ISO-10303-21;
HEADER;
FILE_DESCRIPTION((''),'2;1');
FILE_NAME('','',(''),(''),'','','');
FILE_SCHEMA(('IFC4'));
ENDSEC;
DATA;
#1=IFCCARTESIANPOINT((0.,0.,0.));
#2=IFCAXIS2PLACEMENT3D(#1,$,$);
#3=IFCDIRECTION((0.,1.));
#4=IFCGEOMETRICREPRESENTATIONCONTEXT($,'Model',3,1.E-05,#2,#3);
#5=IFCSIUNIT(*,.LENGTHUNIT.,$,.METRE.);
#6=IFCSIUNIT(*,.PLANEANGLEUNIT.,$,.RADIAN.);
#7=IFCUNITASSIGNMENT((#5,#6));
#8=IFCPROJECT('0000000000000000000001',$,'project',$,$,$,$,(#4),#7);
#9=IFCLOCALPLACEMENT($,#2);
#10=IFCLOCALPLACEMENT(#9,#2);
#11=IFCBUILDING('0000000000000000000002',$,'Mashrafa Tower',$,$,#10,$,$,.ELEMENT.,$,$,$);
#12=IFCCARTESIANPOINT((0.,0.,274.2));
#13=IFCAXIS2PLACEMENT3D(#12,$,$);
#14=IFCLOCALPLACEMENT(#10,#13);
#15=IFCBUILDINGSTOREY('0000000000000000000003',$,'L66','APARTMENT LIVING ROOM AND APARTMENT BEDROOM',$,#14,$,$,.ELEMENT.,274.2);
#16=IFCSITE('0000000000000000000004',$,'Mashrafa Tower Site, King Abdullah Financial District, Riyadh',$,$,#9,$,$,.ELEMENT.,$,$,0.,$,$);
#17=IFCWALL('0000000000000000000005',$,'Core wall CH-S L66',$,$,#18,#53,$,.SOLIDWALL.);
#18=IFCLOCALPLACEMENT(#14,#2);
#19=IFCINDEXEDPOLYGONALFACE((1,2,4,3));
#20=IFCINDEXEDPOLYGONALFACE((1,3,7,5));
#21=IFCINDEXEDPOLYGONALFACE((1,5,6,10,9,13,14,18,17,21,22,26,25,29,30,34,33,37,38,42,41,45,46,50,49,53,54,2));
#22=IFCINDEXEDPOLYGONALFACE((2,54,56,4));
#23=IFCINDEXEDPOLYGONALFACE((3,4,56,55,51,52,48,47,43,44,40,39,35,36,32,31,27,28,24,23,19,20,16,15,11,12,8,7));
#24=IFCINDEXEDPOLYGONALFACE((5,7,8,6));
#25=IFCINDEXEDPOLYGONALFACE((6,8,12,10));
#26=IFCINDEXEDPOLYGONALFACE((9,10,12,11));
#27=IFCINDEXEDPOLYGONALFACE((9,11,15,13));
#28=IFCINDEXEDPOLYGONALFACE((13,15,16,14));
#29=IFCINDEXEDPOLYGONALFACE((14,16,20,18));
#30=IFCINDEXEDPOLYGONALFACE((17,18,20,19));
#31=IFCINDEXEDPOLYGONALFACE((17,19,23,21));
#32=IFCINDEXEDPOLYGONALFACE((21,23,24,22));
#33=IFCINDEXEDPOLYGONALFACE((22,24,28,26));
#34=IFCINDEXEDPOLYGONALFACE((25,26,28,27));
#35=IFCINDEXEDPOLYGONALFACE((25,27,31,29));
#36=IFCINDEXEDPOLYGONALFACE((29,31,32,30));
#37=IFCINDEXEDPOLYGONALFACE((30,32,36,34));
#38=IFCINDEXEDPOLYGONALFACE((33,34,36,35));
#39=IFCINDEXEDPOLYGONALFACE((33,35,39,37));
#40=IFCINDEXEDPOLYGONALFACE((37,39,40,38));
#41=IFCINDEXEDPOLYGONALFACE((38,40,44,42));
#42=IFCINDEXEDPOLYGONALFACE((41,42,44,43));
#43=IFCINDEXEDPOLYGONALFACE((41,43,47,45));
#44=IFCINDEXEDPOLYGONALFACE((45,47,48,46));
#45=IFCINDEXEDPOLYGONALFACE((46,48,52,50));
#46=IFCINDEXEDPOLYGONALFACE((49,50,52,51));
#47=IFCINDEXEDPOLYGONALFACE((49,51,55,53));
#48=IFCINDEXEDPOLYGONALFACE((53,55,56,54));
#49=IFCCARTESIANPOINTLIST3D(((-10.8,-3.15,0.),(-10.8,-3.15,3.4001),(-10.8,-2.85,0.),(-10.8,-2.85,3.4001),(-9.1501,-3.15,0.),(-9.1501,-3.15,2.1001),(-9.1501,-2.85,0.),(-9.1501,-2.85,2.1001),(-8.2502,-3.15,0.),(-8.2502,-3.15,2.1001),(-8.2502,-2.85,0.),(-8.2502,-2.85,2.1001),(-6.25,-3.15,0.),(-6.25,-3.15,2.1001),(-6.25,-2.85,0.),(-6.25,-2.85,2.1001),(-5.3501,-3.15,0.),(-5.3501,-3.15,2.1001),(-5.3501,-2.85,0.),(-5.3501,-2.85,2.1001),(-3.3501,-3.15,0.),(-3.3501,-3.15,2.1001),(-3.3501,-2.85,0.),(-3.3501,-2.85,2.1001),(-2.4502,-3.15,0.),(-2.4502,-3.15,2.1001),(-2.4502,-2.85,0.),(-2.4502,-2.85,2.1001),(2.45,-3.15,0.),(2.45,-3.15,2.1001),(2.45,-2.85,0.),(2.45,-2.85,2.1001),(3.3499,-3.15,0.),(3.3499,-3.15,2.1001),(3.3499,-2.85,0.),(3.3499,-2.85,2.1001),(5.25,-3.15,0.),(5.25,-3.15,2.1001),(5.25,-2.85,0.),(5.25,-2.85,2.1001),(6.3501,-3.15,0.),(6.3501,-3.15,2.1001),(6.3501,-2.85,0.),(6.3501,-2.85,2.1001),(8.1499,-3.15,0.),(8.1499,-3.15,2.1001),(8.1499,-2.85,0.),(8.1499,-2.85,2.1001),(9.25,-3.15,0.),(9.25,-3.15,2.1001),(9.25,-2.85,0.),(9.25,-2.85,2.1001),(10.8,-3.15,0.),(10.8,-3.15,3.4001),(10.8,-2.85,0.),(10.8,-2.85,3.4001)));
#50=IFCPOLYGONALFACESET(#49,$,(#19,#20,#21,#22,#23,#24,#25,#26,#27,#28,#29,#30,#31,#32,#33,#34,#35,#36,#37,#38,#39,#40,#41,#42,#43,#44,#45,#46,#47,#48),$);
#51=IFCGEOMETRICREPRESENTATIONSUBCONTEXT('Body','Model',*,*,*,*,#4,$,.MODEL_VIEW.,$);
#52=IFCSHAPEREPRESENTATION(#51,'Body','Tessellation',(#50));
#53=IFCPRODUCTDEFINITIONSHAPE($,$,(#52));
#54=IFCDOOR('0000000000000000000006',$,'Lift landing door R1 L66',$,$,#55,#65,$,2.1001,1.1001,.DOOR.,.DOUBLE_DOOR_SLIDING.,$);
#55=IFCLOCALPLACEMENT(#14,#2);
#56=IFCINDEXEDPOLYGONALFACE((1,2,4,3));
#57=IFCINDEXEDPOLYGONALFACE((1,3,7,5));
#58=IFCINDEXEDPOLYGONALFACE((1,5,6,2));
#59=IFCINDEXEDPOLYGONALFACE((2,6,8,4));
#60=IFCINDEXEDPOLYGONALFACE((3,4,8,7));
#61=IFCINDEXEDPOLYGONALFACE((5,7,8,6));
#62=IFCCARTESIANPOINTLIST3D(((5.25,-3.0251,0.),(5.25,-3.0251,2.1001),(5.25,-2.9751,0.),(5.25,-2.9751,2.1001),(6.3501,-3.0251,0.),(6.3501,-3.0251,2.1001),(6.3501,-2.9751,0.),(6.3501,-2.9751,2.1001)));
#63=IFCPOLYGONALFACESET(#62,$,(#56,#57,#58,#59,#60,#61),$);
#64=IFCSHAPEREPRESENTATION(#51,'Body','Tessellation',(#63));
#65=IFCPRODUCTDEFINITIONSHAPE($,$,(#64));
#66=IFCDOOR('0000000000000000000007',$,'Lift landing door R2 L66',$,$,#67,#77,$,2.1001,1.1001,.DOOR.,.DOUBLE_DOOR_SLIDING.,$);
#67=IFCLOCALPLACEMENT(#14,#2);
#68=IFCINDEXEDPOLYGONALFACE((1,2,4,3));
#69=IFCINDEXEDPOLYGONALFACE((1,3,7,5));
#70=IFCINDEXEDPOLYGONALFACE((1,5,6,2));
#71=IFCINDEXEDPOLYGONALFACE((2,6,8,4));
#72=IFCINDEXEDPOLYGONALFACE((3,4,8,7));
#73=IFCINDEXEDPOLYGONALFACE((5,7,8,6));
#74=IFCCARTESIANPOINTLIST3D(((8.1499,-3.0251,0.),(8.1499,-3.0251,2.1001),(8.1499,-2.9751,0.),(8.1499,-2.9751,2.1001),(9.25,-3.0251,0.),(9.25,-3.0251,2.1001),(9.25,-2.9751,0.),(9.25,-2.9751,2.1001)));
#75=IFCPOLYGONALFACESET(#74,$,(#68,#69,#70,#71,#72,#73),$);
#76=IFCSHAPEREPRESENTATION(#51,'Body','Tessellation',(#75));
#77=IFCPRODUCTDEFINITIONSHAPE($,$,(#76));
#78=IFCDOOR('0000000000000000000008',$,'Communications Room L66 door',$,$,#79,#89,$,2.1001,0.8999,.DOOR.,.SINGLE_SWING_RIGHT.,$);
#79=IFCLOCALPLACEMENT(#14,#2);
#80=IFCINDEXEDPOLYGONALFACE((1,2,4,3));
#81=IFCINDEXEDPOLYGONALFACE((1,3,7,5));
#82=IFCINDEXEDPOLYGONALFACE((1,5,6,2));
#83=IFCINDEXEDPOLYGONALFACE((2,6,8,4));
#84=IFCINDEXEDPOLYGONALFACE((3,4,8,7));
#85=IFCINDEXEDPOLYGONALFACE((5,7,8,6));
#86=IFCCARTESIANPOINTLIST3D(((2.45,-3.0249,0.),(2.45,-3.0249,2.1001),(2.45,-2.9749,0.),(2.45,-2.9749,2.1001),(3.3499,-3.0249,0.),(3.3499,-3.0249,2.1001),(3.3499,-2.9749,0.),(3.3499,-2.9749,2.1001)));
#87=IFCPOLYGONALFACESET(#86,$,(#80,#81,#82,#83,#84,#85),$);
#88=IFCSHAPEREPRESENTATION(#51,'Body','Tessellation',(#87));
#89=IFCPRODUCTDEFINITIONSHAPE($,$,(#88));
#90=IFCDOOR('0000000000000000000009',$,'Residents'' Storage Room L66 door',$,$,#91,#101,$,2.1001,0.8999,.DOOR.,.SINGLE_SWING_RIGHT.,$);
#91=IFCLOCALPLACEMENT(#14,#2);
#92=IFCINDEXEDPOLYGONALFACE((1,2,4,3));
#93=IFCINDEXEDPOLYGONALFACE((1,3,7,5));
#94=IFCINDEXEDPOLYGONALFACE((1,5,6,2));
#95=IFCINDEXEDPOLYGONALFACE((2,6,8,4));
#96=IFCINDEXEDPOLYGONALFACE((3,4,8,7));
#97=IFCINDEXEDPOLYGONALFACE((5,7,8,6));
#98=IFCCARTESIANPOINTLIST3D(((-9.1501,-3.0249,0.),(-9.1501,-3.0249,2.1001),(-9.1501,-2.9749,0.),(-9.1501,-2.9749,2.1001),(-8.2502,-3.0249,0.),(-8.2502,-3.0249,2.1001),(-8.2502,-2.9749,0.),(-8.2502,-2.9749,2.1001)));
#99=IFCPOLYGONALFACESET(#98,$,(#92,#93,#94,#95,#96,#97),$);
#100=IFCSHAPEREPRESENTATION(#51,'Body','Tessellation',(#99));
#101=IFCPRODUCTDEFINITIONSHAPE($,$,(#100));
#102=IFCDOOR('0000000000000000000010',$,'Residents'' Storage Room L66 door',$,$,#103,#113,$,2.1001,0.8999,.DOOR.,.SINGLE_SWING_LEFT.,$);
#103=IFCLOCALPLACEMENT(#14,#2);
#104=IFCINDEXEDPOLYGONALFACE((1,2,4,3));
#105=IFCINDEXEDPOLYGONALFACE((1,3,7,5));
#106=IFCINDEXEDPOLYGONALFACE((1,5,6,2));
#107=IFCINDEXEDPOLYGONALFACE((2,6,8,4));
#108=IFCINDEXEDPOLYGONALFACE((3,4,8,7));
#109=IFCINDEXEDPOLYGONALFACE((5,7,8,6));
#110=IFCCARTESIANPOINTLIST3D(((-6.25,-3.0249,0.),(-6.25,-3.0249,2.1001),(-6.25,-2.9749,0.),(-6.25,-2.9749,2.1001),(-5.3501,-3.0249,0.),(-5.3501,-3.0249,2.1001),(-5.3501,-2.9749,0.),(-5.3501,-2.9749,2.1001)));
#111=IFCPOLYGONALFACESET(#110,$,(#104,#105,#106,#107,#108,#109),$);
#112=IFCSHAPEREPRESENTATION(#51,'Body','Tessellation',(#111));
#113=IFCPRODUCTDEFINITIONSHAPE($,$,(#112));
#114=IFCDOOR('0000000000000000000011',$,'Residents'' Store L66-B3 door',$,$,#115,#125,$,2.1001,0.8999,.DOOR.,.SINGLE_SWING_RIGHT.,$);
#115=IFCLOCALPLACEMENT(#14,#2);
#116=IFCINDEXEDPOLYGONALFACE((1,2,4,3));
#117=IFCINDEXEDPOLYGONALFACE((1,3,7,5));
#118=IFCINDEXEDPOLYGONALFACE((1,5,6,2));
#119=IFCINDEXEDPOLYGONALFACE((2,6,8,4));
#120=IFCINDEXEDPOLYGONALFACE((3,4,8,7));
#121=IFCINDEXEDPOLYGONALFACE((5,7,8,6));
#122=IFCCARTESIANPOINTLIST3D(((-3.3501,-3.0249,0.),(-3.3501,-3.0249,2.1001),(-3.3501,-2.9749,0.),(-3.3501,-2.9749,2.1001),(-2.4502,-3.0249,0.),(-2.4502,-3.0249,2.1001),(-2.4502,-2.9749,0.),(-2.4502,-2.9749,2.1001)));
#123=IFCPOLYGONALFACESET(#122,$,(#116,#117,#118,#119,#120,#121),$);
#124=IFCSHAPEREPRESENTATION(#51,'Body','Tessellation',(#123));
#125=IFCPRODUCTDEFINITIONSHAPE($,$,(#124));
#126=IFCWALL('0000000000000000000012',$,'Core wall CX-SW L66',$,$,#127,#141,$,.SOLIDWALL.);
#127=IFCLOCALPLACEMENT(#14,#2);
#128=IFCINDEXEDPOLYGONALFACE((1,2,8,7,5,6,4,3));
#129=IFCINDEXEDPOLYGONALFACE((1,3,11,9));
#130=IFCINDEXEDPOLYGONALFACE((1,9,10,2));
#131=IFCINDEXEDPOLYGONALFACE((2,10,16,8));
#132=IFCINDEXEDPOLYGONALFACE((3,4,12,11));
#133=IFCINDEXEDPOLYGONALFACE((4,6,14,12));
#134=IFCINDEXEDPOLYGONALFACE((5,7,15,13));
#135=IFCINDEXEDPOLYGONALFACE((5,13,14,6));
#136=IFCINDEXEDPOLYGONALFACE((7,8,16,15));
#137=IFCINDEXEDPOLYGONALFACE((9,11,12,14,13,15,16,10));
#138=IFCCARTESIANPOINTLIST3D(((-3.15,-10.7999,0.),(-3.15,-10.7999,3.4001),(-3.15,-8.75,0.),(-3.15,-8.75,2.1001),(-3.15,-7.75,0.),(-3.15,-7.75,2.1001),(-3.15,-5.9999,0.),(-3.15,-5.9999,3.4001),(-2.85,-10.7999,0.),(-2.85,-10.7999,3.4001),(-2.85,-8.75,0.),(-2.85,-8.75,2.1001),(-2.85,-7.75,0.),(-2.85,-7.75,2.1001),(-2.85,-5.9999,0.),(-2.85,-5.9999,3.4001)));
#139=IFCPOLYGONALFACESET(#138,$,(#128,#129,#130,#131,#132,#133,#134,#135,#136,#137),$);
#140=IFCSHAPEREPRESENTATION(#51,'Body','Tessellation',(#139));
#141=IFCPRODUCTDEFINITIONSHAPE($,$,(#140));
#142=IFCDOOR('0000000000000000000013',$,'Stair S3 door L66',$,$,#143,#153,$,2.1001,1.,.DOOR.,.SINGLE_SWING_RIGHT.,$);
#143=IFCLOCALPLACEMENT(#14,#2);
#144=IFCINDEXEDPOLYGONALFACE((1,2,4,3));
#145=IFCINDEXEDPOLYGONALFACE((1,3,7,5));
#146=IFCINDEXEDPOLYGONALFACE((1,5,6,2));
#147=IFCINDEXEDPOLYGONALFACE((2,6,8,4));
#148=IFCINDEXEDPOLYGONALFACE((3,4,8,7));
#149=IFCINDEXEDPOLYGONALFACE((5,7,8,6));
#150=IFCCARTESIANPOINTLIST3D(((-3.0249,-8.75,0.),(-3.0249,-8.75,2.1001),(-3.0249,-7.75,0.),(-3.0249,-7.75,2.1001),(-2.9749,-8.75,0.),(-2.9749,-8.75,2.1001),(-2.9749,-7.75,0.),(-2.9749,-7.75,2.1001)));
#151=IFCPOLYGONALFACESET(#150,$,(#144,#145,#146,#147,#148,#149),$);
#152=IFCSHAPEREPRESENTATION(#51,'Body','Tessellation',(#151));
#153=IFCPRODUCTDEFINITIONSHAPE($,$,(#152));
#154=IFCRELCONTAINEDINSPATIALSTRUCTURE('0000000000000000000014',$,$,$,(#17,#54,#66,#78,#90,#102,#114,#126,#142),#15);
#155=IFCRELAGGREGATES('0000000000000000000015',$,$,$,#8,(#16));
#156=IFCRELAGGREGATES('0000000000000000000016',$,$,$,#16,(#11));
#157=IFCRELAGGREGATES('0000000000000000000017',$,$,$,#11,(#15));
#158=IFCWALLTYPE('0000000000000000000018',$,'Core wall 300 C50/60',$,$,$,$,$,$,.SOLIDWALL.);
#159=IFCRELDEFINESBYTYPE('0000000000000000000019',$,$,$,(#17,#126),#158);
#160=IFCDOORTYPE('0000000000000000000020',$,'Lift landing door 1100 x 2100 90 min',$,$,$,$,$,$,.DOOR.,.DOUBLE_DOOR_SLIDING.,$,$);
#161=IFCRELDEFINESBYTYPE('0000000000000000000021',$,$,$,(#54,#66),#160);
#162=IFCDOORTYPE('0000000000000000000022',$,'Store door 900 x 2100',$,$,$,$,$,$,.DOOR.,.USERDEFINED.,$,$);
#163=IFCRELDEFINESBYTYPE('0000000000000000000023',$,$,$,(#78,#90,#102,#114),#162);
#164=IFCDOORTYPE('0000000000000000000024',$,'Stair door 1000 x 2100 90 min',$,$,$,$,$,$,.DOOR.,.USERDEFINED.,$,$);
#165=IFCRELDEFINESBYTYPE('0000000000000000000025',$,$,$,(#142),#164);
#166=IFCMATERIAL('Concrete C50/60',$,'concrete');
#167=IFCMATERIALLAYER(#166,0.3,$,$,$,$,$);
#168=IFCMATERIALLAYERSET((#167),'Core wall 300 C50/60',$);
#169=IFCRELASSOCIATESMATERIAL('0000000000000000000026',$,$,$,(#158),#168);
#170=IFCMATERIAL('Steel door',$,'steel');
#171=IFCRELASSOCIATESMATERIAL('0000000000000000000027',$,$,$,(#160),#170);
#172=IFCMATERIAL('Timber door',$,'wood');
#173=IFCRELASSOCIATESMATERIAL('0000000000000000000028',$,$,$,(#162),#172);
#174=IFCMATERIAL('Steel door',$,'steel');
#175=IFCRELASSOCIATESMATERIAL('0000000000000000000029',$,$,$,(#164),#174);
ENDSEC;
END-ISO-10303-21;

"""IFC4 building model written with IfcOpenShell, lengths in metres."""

from ifc_helpers import new_model, si_unit, direction, frame, frame_2d, origin, place, context, subcontext, project, spatial, rectangle, extrude, material, layer, layer_set, type_object, element, fill, save


model = new_model("IFC4")

# Units and contexts
model_context = context("Model", 3, precision=1e-05, world=origin(), true_north=direction((0.0, 1.0)))
body_context = subcontext(model_context, "Body", "Model", "MODEL_VIEW")
ifc_project = project(units=[si_unit("LENGTHUNIT", "METRE"), si_unit("PLANEANGLEUNIT", "RADIAN")], contexts=[model_context])

# Site, building, storey
site_placement = place(None, origin())
site = spatial("IfcSite", under=ifc_project, at=site_placement, Name="Mashrafa Tower Site, King Abdullah Financial District, Riyadh", CompositionType="ELEMENT", RefElevation=0.0)
building_placement = place(site_placement, origin())
building = spatial("IfcBuilding", under=site, at=building_placement, Name="Mashrafa Tower", CompositionType="ELEMENT")
storey_placement = place(building_placement, frame((0.0, 0.0, 274.2)))
storey = spatial("IfcBuildingStorey", under=building, at=storey_placement, Name="L66", Description="APARTMENT LIVING ROOM AND APARTMENT BEDROOM", CompositionType="ELEMENT", Elevation=274.2)

# Wall, openings, doors
ifc_material_1 = material(Name="Concrete C50/60", Category="concrete")
ifc_layer_1 = layer(ifc_material_1, 0.3)
ifc_layer_set_1 = layer_set([ifc_layer_1], Name="Core wall 300 C50/60")
wall_type_1 = type_object("IfcWallType", Name="Core wall 300 C50/60", PredefinedType="SOLIDWALL", material=ifc_layer_set_1)
wall_1_placement = place(storey_placement, frame((-10.8, -3.0, 0.0), z_axis=(0.0, 0.0, 1.0), x_axis=(1.0, 0.0, 0.0)))
wall_1 = element("IfcWall", 1, at=wall_1_placement, inside=storey, type_object=wall_type_1, Name="Core wall CH-S L66", PredefinedType="SOLIDWALL", context=body_context, shape_type="SweptSolid", body=[
    extrude(rectangle(XDim=21.6001, YDim=0.3, at=frame_2d((10.8, 0.0))), origin(), (0.0, 0.0, 1.0), 3.4001),
])
opening_1_placement = place(wall_1_placement, frame((13.25, 0.0, 0.0)))
opening_1 = element("IfcOpeningElement", 2, at=opening_1_placement, cuts=wall_1, PredefinedType="OPENING", context=body_context, shape_type="SweptSolid", body=[
    extrude(rectangle(XDim=0.8999, YDim=2.1001, at=frame_2d((0.45, 1.05))), frame((0.0, 0.1599, 0.0), z_axis=(0.0, -1.0, 0.0), x_axis=(1.0, 0.0, 0.0)), (0.0, 0.0, 1.0), 0.3201),
])
opening_2_placement = place(wall_1_placement, frame((1.6499, 0.0, 0.0)))
opening_2 = element("IfcOpeningElement", 3, at=opening_2_placement, cuts=wall_1, PredefinedType="OPENING", context=body_context, shape_type="SweptSolid", body=[
    extrude(rectangle(XDim=0.8999, YDim=2.1001, at=frame_2d((0.45, 1.05))), frame((0.0, 0.1599, 0.0), z_axis=(0.0, -1.0, 0.0), x_axis=(1.0, 0.0, 0.0)), (0.0, 0.0, 1.0), 0.3201),
])
opening_3_placement = place(wall_1_placement, frame((4.55, 0.0, 0.0)))
opening_3 = element("IfcOpeningElement", 4, at=opening_3_placement, cuts=wall_1, PredefinedType="OPENING", context=body_context, shape_type="SweptSolid", body=[
    extrude(rectangle(XDim=0.8999, YDim=2.1001, at=frame_2d((0.45, 1.05))), frame((0.0, 0.1599, 0.0), z_axis=(0.0, -1.0, 0.0), x_axis=(1.0, 0.0, 0.0)), (0.0, 0.0, 1.0), 0.3201),
])
opening_4_placement = place(wall_1_placement, frame((7.45, 0.0, 0.0)))
opening_4 = element("IfcOpeningElement", 5, at=opening_4_placement, cuts=wall_1, PredefinedType="OPENING", context=body_context, shape_type="SweptSolid", body=[
    extrude(rectangle(XDim=0.8999, YDim=2.1001, at=frame_2d((0.45, 1.05))), frame((0.0, 0.1599, 0.0), z_axis=(0.0, -1.0, 0.0), x_axis=(1.0, 0.0, 0.0)), (0.0, 0.0, 1.0), 0.3201),
])
opening_5_placement = place(wall_1_placement, frame((16.05, 0.0, 0.0)))
opening_5 = element("IfcOpeningElement", 6, at=opening_5_placement, cuts=wall_1, PredefinedType="OPENING", context=body_context, shape_type="SweptSolid", body=[
    extrude(rectangle(XDim=1.1001, YDim=2.1001, at=frame_2d((0.55, 1.05))), frame((0.0, 0.1599, 0.0), z_axis=(0.0, -1.0, 0.0), x_axis=(1.0, 0.0, 0.0)), (0.0, 0.0, 1.0), 0.3201),
])
opening_6_placement = place(wall_1_placement, frame((18.95, 0.0, 0.0)))
opening_6 = element("IfcOpeningElement", 7, at=opening_6_placement, cuts=wall_1, PredefinedType="OPENING", context=body_context, shape_type="SweptSolid", body=[
    extrude(rectangle(XDim=1.1001, YDim=2.1001, at=frame_2d((0.55, 1.05))), frame((0.0, 0.1599, 0.0), z_axis=(0.0, -1.0, 0.0), x_axis=(1.0, 0.0, 0.0)), (0.0, 0.0, 1.0), 0.3201),
])
ifc_material_2 = material(Name="Steel door", Category="steel")
door_type_1 = type_object("IfcDoorType", Name="Lift landing door 1100 x 2100 90 min", OperationType="DOUBLE_DOOR_SLIDING", PredefinedType="DOOR", material=ifc_material_2)
door_1_placement = place(opening_5_placement, origin())
door_1 = element("IfcDoor", 8, at=door_1_placement, inside=storey, type_object=door_type_1, Name="Lift landing door R1 L66", OperationType="DOUBLE_DOOR_SLIDING", OverallHeight=2.1001, OverallWidth=1.1001, PredefinedType="DOOR", context=body_context, shape_type="SweptSolid", body=[
    extrude(rectangle(XDim=1.1001, YDim=2.1001, at=frame_2d((0.55, 1.05))), frame((0.0, 0.0249, 0.0), z_axis=(0.0, -1.0, 0.0), x_axis=(1.0, 0.0, 0.0)), (0.0, 0.0, 1.0), 0.05),
])
fill(opening_5, door_1)
door_2_placement = place(opening_6_placement, origin())
door_2 = element("IfcDoor", 9, at=door_2_placement, inside=storey, type_object=door_type_1, Name="Lift landing door R2 L66", OperationType="DOUBLE_DOOR_SLIDING", OverallHeight=2.1001, OverallWidth=1.1001, PredefinedType="DOOR", context=body_context, shape_type="SweptSolid", body=[
    extrude(rectangle(XDim=1.1001, YDim=2.1001, at=frame_2d((0.55, 1.05))), frame((0.0, 0.0249, 0.0), z_axis=(0.0, -1.0, 0.0), x_axis=(1.0, 0.0, 0.0)), (0.0, 0.0, 1.0), 0.05),
])
fill(opening_6, door_2)
ifc_material_3 = material(Name="Timber door", Category="wood")
door_type_2 = type_object("IfcDoorType", Name="Store door 900 x 2100", OperationType="USERDEFINED", PredefinedType="DOOR", material=ifc_material_3)
door_3_placement = place(opening_1_placement, frame((0.8999, 0.0, 0.0), z_axis=(0.0, 0.0, 1.0), x_axis=(-1.0, 0.0, 0.0)))
door_3 = element("IfcDoor", 10, at=door_3_placement, inside=storey, type_object=door_type_2, Name="Communications Room L66 door", OperationType="SINGLE_SWING_RIGHT", OverallHeight=2.1001, OverallWidth=0.8999, PredefinedType="DOOR", context=body_context, shape_type="SweptSolid", body=[
    extrude(rectangle(XDim=0.8999, YDim=2.1001, at=frame_2d((0.45, 1.05))), frame((0.0, 0.0249, 0.0), z_axis=(0.0, -1.0, 0.0), x_axis=(1.0, 0.0, 0.0)), (0.0, 0.0, 1.0), 0.05),
])
fill(opening_1, door_3)
door_4_placement = place(opening_2_placement, frame((0.8999, 0.0, 0.0), z_axis=(0.0, 0.0, 1.0), x_axis=(-1.0, 0.0, 0.0)))
door_4 = element("IfcDoor", 11, at=door_4_placement, inside=storey, type_object=door_type_2, Name="Residents' Storage Room L66 door", OperationType="SINGLE_SWING_RIGHT", OverallHeight=2.1001, OverallWidth=0.8999, PredefinedType="DOOR", context=body_context, shape_type="SweptSolid", body=[
    extrude(rectangle(XDim=0.8999, YDim=2.1001, at=frame_2d((0.45, 1.05))), frame((0.0, 0.0249, 0.0), z_axis=(0.0, -1.0, 0.0), x_axis=(1.0, 0.0, 0.0)), (0.0, 0.0, 1.0), 0.05),
])
fill(opening_2, door_4)
door_5_placement = place(opening_3_placement, frame((0.8999, 0.0, 0.0), z_axis=(0.0, 0.0, 1.0), x_axis=(-1.0, 0.0, 0.0)))
door_5 = element("IfcDoor", 12, at=door_5_placement, inside=storey, type_object=door_type_2, Name="Residents' Storage Room L66 door", OperationType="SINGLE_SWING_LEFT", OverallHeight=2.1001, OverallWidth=0.8999, PredefinedType="DOOR", context=body_context, shape_type="SweptSolid", body=[
    extrude(rectangle(XDim=0.8999, YDim=2.1001, at=frame_2d((0.45, 1.05))), frame((0.0, 0.0249, 0.0), z_axis=(0.0, -1.0, 0.0), x_axis=(1.0, 0.0, 0.0)), (0.0, 0.0, 1.0), 0.05),
])
fill(opening_3, door_5)
door_6_placement = place(opening_4_placement, frame((0.8999, 0.0, 0.0), z_axis=(0.0, 0.0, 1.0), x_axis=(-1.0, 0.0, 0.0)))
door_6 = element("IfcDoor", 13, at=door_6_placement, inside=storey, type_object=door_type_2, Name="Residents' Store L66-B3 door", OperationType="SINGLE_SWING_RIGHT", OverallHeight=2.1001, OverallWidth=0.8999, PredefinedType="DOOR", context=body_context, shape_type="SweptSolid", body=[
    extrude(rectangle(XDim=0.8999, YDim=2.1001, at=frame_2d((0.45, 1.05))), frame((0.0, 0.0249, 0.0), z_axis=(0.0, -1.0, 0.0), x_axis=(1.0, 0.0, 0.0)), (0.0, 0.0, 1.0), 0.05),
])
fill(opening_4, door_6)

# Wall, opening, door
wall_2_placement = place(storey_placement, frame((-3.0, -6.0, 0.0), z_axis=(0.0, 0.0, 1.0), x_axis=(0.0, -1.0, 0.0)))
wall_2 = element("IfcWall", 14, at=wall_2_placement, inside=storey, type_object=wall_type_1, Name="Core wall CX-SW L66", PredefinedType="SOLIDWALL", context=body_context, shape_type="SweptSolid", body=[
    extrude(rectangle(XDim=4.8, YDim=0.3, at=frame_2d((2.3999, 0.0))), origin(), (0.0, 0.0, 1.0), 3.4001),
])
opening_7_placement = place(wall_2_placement, frame((1.75, 0.0, 0.0)))
opening_7 = element("IfcOpeningElement", 15, at=opening_7_placement, cuts=wall_2, PredefinedType="OPENING", context=body_context, shape_type="SweptSolid", body=[
    extrude(rectangle(XDim=1.0, YDim=2.1001, at=frame_2d((0.5, 1.05))), frame((0.0, 0.1599, 0.0), z_axis=(0.0, -1.0, 0.0), x_axis=(1.0, 0.0, 0.0)), (0.0, 0.0, 1.0), 0.3201),
])
ifc_material_4 = material(Name="Steel door", Category="steel")
door_type_3 = type_object("IfcDoorType", Name="Stair door 1000 x 2100 90 min", OperationType="USERDEFINED", PredefinedType="DOOR", material=ifc_material_4)
door_7_placement = place(opening_7_placement, frame((1.0, 0.0, 0.0), z_axis=(0.0, 0.0, 1.0), x_axis=(-1.0, 0.0, 0.0)))
door_7 = element("IfcDoor", 16, at=door_7_placement, inside=storey, type_object=door_type_3, Name="Stair S3 door L66", OperationType="SINGLE_SWING_RIGHT", OverallHeight=2.1001, OverallWidth=1.0, PredefinedType="DOOR", context=body_context, shape_type="SweptSolid", body=[
    extrude(rectangle(XDim=1.0, YDim=2.1001, at=frame_2d((0.5, 1.05))), frame((0.0, 0.0249, 0.0), z_axis=(0.0, -1.0, 0.0), x_axis=(1.0, 0.0, 0.0)), (0.0, 0.0, 1.0), 0.05),
])
fill(opening_7, door_7)

save(model, "model.ifc")
